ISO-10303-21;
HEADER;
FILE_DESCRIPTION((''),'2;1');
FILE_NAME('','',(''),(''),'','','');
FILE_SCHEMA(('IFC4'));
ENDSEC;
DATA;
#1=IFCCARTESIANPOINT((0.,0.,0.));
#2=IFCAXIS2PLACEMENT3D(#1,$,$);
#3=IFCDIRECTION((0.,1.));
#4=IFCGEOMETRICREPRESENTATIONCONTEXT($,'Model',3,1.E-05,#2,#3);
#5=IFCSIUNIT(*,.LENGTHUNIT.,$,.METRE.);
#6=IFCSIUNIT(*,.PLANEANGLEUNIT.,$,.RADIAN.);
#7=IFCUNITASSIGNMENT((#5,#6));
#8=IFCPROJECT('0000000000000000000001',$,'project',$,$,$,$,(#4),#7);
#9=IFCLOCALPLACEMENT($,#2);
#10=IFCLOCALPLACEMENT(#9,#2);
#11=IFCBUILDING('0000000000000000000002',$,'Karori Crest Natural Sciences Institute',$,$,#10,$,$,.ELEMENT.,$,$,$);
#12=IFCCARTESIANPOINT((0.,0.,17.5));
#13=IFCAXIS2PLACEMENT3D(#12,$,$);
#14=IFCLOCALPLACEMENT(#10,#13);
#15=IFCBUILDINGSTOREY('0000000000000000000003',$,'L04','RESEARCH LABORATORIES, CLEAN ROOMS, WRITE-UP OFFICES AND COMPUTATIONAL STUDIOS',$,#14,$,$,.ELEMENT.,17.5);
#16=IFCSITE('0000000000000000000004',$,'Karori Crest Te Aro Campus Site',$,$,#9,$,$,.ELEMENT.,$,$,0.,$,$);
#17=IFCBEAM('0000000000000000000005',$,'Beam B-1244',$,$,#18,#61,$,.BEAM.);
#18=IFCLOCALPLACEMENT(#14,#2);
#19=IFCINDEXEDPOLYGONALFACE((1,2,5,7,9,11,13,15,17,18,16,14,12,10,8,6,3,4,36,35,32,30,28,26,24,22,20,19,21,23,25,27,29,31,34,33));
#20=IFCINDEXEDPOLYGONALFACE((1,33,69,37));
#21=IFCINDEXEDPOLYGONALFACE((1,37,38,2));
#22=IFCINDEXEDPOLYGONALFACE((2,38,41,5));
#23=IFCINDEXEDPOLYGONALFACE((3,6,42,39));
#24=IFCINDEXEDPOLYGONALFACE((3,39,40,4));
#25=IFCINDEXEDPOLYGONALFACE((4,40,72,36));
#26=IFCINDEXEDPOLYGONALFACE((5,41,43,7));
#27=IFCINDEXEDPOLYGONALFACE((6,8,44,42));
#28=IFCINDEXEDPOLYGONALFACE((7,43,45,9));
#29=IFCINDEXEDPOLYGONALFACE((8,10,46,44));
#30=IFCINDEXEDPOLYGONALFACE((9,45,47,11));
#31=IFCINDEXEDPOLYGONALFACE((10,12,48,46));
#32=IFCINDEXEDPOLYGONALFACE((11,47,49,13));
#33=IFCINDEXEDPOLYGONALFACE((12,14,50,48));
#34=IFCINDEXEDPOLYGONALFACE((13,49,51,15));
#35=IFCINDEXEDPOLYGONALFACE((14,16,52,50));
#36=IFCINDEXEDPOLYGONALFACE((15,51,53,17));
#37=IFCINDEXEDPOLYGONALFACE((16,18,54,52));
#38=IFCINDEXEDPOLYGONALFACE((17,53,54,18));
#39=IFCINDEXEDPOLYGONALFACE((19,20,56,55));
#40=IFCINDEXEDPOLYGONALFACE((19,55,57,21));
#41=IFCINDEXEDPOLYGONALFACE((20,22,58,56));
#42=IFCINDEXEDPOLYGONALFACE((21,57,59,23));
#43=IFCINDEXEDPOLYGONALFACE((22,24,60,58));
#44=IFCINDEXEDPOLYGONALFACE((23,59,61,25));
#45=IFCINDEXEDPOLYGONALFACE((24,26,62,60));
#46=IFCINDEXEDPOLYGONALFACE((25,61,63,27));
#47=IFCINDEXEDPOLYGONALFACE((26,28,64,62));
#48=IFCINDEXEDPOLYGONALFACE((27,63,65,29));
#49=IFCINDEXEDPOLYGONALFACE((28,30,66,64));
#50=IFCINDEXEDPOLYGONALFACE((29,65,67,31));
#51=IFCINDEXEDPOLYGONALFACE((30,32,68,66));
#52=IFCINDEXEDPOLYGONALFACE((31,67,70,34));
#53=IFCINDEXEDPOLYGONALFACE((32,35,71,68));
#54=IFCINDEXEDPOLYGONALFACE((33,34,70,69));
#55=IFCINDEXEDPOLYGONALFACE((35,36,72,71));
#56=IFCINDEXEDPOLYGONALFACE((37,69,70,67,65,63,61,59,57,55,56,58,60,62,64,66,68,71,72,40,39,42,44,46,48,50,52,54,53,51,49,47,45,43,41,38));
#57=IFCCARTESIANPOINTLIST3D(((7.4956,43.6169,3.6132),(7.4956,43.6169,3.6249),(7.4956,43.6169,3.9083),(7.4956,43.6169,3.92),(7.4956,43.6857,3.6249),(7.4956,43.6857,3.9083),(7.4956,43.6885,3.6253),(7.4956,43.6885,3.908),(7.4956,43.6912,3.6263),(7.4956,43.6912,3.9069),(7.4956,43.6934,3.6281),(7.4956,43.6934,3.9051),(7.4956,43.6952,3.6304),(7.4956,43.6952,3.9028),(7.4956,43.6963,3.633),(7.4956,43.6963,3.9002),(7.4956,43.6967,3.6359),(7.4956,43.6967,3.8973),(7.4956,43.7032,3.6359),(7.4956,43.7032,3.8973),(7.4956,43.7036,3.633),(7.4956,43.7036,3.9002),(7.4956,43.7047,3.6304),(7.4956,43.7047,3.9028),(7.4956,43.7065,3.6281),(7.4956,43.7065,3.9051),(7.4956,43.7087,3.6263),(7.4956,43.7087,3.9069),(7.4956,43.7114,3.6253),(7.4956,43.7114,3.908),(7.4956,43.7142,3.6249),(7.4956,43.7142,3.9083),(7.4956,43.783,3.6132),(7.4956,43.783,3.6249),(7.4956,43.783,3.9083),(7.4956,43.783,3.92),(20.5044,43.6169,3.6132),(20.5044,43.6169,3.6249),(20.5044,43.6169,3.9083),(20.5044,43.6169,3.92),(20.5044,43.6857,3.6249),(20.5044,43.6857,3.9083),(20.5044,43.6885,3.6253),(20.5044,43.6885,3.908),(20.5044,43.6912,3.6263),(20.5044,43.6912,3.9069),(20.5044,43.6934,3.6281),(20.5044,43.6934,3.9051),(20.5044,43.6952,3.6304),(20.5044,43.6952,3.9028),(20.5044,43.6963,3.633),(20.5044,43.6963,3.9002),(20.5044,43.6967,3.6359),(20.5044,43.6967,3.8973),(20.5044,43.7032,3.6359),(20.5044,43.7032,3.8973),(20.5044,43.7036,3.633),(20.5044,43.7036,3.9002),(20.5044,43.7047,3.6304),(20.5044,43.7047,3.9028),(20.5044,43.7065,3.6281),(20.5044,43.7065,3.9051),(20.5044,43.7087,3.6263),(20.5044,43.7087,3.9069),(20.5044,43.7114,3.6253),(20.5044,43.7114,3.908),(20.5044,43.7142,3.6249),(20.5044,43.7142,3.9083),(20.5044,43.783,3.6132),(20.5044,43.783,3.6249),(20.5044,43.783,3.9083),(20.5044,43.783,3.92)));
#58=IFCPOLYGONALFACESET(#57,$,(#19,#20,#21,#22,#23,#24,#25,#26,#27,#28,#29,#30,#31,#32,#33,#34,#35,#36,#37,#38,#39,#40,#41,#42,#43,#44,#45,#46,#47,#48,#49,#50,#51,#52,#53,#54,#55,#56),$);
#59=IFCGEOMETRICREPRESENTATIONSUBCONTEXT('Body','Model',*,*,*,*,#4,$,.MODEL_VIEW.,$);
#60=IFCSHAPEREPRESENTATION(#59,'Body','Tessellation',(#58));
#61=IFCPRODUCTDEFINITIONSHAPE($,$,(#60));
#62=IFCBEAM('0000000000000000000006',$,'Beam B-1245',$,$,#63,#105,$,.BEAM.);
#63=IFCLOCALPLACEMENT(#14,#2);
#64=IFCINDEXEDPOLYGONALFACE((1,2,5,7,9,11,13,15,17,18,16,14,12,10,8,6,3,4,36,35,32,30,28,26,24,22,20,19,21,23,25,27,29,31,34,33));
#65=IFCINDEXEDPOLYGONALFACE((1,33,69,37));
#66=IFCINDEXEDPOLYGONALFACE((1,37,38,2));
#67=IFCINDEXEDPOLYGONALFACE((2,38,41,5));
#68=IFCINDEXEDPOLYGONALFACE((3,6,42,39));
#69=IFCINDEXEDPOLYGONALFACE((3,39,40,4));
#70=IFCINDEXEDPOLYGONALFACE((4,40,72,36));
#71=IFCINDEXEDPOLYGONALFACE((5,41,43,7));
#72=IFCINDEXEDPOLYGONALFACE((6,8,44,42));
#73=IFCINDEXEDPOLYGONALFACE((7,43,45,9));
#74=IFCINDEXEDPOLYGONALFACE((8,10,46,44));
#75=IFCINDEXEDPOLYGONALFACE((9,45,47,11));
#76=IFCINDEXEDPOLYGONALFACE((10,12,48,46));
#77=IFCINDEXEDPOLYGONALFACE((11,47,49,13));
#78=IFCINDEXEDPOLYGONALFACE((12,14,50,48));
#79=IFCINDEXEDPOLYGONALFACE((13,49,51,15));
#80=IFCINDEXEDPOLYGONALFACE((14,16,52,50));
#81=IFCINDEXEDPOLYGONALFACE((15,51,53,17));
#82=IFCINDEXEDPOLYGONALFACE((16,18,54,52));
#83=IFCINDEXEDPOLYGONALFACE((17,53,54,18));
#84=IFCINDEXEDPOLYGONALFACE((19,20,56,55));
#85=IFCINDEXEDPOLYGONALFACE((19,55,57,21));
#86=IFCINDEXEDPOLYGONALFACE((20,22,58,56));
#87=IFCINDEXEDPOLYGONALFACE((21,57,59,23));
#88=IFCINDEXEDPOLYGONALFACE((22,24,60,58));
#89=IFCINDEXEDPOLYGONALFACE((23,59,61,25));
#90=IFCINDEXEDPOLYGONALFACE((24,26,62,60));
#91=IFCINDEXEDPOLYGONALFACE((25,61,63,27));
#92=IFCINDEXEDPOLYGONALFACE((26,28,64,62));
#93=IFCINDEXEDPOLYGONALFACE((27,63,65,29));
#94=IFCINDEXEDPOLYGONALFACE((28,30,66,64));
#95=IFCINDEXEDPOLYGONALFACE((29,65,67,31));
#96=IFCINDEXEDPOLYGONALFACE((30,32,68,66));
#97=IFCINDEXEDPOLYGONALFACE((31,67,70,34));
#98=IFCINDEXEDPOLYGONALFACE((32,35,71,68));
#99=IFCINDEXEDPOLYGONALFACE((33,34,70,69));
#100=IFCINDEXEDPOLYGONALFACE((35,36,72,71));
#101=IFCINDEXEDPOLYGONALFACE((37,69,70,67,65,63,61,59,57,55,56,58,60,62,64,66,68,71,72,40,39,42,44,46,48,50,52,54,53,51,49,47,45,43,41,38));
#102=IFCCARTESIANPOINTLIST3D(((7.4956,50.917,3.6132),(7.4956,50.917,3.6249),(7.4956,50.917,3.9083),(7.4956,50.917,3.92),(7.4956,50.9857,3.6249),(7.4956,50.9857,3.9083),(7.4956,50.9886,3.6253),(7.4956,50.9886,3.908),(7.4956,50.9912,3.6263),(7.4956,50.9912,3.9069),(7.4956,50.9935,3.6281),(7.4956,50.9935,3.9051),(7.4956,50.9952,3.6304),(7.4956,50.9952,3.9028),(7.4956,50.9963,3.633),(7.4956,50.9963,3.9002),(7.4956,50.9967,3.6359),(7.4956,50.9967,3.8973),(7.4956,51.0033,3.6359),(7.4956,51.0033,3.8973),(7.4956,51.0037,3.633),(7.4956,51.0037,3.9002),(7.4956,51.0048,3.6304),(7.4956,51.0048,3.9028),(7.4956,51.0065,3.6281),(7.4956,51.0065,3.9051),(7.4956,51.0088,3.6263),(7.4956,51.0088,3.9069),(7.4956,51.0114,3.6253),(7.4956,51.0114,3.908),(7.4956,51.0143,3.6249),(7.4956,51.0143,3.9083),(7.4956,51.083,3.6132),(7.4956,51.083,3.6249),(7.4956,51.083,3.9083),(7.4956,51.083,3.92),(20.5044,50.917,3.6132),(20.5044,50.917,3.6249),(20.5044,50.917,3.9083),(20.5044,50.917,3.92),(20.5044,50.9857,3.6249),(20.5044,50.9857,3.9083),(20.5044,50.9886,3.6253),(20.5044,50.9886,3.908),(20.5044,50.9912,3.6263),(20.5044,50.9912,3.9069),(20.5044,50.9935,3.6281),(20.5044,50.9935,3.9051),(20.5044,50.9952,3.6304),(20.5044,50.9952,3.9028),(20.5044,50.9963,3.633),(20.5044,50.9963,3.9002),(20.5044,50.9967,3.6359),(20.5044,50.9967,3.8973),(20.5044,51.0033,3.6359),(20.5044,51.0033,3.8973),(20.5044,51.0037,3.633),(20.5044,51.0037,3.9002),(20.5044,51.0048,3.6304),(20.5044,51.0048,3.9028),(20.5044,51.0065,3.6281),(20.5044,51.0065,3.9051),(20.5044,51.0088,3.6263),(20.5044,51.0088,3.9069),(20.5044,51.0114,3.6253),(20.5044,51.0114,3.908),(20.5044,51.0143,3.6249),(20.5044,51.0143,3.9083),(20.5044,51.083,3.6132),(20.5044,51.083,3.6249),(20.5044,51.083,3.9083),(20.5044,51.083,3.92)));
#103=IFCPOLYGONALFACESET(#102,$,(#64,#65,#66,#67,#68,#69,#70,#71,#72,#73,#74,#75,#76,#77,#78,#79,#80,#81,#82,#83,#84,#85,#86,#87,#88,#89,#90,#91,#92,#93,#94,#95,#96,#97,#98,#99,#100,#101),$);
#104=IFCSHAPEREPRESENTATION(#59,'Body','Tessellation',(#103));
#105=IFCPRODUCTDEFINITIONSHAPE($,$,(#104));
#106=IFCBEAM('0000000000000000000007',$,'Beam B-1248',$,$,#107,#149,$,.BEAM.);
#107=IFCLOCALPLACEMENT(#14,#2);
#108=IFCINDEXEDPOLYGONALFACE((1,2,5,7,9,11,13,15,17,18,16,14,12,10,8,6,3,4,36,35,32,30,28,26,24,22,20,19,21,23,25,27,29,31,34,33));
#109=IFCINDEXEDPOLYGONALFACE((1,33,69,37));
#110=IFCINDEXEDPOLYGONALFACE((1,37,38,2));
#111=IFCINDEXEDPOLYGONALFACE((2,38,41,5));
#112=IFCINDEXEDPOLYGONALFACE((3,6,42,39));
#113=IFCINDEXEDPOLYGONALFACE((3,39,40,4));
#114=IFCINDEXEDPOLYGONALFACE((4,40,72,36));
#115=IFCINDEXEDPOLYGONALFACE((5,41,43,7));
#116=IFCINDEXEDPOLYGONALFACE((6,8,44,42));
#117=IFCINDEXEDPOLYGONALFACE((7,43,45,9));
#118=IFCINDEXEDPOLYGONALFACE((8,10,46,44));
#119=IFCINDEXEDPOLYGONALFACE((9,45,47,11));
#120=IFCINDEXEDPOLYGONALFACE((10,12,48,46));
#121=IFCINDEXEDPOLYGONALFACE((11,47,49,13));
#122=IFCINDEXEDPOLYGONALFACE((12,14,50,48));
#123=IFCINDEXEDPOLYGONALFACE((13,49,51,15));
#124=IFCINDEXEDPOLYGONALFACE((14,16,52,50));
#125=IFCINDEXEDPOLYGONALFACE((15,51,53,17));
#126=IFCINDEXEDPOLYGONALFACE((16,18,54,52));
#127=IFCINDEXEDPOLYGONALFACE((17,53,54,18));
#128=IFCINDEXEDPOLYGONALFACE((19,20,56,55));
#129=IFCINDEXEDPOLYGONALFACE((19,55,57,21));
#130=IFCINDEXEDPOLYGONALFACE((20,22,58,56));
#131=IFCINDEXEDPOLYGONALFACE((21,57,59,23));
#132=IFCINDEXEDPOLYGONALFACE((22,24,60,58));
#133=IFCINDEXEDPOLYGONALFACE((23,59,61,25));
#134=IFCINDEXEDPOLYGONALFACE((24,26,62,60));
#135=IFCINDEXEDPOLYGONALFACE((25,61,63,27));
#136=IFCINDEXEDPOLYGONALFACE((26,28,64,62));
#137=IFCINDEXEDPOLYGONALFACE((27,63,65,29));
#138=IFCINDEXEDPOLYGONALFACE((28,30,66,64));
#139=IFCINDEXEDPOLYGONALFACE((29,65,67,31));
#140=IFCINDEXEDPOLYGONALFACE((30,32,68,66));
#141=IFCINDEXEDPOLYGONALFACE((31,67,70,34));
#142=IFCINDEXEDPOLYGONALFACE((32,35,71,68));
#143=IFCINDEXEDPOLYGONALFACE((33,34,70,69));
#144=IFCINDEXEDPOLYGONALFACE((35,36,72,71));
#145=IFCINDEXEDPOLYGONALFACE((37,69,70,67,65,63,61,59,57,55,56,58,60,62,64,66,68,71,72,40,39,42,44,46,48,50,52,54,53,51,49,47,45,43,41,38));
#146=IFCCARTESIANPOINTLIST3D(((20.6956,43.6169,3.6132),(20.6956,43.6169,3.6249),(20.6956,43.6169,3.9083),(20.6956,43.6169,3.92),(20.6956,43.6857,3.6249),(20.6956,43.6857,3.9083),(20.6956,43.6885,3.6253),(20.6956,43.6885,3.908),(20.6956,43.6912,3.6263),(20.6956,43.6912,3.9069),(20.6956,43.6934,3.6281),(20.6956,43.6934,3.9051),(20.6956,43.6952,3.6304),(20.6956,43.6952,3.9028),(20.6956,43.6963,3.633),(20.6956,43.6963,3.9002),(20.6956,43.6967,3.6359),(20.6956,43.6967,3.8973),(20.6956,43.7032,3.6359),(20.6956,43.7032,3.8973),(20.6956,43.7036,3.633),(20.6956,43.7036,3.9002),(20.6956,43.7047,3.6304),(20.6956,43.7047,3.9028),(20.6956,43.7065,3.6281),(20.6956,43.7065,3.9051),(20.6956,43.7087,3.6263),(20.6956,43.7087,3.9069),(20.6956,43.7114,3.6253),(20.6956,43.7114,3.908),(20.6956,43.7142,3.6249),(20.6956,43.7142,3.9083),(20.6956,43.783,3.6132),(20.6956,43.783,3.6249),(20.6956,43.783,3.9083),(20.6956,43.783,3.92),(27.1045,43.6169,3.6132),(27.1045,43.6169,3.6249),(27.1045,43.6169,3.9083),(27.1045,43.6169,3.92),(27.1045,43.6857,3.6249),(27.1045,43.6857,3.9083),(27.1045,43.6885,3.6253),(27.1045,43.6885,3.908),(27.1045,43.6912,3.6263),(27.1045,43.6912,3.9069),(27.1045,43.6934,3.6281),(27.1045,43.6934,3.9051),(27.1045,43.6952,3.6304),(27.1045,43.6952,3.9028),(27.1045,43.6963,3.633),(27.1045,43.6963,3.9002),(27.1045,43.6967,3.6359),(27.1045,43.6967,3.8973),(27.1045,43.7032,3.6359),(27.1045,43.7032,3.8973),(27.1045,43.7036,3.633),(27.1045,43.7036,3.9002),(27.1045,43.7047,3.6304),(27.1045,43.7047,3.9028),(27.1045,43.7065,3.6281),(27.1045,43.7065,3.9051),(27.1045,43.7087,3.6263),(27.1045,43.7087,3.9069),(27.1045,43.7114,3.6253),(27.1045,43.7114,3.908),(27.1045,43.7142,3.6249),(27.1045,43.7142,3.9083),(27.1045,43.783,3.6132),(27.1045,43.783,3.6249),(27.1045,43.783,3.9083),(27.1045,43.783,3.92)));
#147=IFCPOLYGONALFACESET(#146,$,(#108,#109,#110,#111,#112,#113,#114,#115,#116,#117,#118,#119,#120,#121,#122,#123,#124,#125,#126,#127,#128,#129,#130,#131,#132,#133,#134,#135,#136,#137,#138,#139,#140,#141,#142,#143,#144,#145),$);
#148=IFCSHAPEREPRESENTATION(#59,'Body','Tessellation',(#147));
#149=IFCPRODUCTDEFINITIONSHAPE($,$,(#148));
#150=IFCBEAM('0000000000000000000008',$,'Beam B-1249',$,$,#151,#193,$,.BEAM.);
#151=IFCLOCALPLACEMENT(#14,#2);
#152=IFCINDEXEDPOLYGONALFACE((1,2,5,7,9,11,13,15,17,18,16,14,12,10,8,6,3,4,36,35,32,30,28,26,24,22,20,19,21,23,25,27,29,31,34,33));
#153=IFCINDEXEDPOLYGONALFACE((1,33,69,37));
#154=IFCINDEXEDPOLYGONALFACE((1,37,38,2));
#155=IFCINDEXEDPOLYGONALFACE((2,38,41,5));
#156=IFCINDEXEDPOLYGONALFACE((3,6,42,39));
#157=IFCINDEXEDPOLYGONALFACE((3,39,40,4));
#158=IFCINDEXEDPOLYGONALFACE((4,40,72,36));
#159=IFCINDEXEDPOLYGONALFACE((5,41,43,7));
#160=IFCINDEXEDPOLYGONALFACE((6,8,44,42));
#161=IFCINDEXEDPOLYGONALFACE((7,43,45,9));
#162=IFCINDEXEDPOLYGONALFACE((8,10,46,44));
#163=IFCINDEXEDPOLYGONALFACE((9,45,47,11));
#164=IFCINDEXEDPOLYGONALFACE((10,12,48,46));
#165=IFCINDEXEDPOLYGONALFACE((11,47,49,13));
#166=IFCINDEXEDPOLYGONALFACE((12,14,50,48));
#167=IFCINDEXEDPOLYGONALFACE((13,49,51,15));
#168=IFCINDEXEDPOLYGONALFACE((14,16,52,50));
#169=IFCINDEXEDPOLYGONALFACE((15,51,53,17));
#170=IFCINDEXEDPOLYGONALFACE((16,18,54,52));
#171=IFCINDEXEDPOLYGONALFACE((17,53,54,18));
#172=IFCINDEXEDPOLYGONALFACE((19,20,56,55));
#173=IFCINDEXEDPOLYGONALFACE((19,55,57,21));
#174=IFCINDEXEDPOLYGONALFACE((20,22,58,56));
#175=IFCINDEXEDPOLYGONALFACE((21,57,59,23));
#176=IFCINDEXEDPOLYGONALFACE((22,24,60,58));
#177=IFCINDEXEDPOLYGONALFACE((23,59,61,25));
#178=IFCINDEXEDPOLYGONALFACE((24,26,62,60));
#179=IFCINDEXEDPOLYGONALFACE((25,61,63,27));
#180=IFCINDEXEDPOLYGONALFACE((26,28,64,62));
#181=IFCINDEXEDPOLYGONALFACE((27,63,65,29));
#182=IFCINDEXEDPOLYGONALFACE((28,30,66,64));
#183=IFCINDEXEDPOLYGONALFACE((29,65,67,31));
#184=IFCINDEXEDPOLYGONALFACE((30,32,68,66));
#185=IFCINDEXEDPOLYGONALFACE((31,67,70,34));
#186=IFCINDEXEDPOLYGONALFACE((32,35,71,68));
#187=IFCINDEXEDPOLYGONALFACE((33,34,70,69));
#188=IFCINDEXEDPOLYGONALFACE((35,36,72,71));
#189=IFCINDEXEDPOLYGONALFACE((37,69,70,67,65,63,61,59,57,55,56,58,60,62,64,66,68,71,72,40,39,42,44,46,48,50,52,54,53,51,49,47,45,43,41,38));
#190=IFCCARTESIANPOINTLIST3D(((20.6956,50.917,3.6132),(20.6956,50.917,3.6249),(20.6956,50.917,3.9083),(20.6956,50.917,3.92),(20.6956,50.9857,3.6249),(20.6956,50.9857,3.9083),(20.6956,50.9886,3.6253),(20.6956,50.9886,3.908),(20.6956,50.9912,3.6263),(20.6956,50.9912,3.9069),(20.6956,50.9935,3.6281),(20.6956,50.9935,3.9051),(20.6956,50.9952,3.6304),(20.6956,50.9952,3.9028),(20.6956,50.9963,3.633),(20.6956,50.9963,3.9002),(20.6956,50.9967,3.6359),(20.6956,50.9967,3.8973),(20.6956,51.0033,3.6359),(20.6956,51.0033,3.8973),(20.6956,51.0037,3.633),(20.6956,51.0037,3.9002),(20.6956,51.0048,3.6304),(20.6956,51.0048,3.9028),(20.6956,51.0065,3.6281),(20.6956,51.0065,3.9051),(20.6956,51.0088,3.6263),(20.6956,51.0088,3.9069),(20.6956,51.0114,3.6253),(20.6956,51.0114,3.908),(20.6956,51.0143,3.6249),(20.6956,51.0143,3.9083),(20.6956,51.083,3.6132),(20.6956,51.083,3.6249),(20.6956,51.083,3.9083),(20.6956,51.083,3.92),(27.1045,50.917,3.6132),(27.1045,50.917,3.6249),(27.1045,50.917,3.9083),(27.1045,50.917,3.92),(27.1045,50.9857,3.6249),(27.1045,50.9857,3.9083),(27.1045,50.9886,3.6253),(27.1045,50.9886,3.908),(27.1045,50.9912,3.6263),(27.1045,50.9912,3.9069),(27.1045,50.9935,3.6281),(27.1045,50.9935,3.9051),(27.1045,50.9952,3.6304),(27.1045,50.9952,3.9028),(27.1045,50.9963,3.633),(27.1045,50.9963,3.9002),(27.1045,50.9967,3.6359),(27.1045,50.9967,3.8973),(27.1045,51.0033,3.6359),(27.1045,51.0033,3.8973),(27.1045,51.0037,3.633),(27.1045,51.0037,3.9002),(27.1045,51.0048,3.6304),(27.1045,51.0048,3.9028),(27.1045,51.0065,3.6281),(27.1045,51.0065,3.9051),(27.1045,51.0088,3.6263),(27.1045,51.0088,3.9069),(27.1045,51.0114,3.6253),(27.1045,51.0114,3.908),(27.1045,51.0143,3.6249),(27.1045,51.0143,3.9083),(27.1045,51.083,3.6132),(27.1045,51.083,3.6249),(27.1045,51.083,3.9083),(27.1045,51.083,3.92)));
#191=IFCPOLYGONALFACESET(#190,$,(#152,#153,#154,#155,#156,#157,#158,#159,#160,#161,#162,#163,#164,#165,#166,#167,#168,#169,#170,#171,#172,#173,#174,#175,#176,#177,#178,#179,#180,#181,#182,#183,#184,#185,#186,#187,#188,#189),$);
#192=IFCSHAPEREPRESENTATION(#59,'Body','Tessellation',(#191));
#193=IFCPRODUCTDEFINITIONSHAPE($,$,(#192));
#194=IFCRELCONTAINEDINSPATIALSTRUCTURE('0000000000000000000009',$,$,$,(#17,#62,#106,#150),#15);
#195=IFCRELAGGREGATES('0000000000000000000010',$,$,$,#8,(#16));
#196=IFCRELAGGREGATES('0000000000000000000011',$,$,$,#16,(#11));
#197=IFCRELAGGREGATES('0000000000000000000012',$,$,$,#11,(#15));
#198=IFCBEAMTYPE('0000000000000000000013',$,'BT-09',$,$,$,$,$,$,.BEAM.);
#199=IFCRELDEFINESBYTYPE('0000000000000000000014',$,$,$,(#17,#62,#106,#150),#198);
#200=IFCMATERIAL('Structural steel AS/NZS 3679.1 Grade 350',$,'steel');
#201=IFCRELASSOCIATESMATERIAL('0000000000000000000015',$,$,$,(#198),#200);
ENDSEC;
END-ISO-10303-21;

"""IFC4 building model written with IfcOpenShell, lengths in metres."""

from ifc_helpers import new_model, si_unit, direction, frame, origin, origin_2d, place, context, subcontext, project, spatial, i_section, extrude, material, material_profile, profile_set, type_object, element, save


model = new_model("IFC4")

# Units and contexts
model_context = context("Model", 3, precision=1e-05, world=origin(), true_north=direction((0.0, 1.0)))
body_context = subcontext(model_context, "Body", "Model", "MODEL_VIEW")
ifc_project = project(units=[si_unit("LENGTHUNIT", "METRE"), si_unit("PLANEANGLEUNIT", "RADIAN")], contexts=[model_context])

# Site, building, storey
site_placement = place(None, origin())
site = spatial("IfcSite", under=ifc_project, at=site_placement, Name="Karori Crest Te Aro Campus Site", CompositionType="ELEMENT", RefElevation=0.0)
building_placement = place(site_placement, origin())
building = spatial("IfcBuilding", under=site, at=building_placement, Name="Karori Crest Natural Sciences Institute", CompositionType="ELEMENT")
storey_placement = place(building_placement, frame((0.0, 0.0, 17.5)))
storey = spatial("IfcBuildingStorey", under=building, at=storey_placement, Name="L04", Description="RESEARCH LABORATORIES, CLEAN ROOMS, WRITE-UP OFFICES AND COMPUTATIONAL STUDIOS", CompositionType="ELEMENT", Elevation=17.5)

# Shared definitions
ifc_material_1 = material(Name="Structural steel AS/NZS 3679.1 Grade 350", Category="steel")

# Beams
ifc_material_profile_1 = material_profile(ifc_material_1, i_section(OverallWidth=0.166, OverallDepth=0.3069, WebThickness=0.0066, FlangeThickness=0.0117, FilletRadius=0.011, at=origin_2d()), Name="310UB46.2")
ifc_profile_set_1 = profile_set([ifc_material_profile_1], Name="Structural steel AS/NZS 3679.1 Grade 350")
beam_type_1 = type_object("IfcBeamType", Name="BT-09", PredefinedType="BEAM", material=ifc_profile_set_1)
for number, where, z_axis, x_axis, name in (
    (1, (7.4956, 43.7, 3.7666), (1.0, 0.0, 0.0), (0.0, 1.0, 0.0), "Beam B-1244"),
    (2, (7.4956, 51.0, 3.7666), (1.0, 0.0, 0.0), (0.0, 1.0, 0.0), "Beam B-1245"),
):
    element("IfcBeam", number, at=place(storey_placement, frame(where, z_axis=z_axis, x_axis=x_axis)), inside=storey, type_object=beam_type_1, Name=name, PredefinedType="BEAM", context=body_context, shape_type="SweptSolid", body=[
        extrude(i_section(OverallWidth=0.166, OverallDepth=0.3069, WebThickness=0.0066, FlangeThickness=0.0117, FilletRadius=0.011, at=origin_2d()), origin(), (0.0, 0.0, 1.0), 13.0088),
    ])
for number, where, z_axis, x_axis, name in (
    (3, (20.6956, 43.7, 3.7666), (1.0, 0.0, 0.0), (0.0, 1.0, 0.0), "Beam B-1248"),
    (4, (20.6956, 51.0, 3.7666), (1.0, 0.0, 0.0), (0.0, 1.0, 0.0), "Beam B-1249"),
):
    element("IfcBeam", number, at=place(storey_placement, frame(where, z_axis=z_axis, x_axis=x_axis)), inside=storey, type_object=beam_type_1, Name=name, PredefinedType="BEAM", context=body_context, shape_type="SweptSolid", body=[
        extrude(i_section(OverallWidth=0.166, OverallDepth=0.3069, WebThickness=0.0066, FlangeThickness=0.0117, FilletRadius=0.011, at=origin_2d()), origin(), (0.0, 0.0, 1.0), 6.4089),
    ])

save(model, "model.ifc")
